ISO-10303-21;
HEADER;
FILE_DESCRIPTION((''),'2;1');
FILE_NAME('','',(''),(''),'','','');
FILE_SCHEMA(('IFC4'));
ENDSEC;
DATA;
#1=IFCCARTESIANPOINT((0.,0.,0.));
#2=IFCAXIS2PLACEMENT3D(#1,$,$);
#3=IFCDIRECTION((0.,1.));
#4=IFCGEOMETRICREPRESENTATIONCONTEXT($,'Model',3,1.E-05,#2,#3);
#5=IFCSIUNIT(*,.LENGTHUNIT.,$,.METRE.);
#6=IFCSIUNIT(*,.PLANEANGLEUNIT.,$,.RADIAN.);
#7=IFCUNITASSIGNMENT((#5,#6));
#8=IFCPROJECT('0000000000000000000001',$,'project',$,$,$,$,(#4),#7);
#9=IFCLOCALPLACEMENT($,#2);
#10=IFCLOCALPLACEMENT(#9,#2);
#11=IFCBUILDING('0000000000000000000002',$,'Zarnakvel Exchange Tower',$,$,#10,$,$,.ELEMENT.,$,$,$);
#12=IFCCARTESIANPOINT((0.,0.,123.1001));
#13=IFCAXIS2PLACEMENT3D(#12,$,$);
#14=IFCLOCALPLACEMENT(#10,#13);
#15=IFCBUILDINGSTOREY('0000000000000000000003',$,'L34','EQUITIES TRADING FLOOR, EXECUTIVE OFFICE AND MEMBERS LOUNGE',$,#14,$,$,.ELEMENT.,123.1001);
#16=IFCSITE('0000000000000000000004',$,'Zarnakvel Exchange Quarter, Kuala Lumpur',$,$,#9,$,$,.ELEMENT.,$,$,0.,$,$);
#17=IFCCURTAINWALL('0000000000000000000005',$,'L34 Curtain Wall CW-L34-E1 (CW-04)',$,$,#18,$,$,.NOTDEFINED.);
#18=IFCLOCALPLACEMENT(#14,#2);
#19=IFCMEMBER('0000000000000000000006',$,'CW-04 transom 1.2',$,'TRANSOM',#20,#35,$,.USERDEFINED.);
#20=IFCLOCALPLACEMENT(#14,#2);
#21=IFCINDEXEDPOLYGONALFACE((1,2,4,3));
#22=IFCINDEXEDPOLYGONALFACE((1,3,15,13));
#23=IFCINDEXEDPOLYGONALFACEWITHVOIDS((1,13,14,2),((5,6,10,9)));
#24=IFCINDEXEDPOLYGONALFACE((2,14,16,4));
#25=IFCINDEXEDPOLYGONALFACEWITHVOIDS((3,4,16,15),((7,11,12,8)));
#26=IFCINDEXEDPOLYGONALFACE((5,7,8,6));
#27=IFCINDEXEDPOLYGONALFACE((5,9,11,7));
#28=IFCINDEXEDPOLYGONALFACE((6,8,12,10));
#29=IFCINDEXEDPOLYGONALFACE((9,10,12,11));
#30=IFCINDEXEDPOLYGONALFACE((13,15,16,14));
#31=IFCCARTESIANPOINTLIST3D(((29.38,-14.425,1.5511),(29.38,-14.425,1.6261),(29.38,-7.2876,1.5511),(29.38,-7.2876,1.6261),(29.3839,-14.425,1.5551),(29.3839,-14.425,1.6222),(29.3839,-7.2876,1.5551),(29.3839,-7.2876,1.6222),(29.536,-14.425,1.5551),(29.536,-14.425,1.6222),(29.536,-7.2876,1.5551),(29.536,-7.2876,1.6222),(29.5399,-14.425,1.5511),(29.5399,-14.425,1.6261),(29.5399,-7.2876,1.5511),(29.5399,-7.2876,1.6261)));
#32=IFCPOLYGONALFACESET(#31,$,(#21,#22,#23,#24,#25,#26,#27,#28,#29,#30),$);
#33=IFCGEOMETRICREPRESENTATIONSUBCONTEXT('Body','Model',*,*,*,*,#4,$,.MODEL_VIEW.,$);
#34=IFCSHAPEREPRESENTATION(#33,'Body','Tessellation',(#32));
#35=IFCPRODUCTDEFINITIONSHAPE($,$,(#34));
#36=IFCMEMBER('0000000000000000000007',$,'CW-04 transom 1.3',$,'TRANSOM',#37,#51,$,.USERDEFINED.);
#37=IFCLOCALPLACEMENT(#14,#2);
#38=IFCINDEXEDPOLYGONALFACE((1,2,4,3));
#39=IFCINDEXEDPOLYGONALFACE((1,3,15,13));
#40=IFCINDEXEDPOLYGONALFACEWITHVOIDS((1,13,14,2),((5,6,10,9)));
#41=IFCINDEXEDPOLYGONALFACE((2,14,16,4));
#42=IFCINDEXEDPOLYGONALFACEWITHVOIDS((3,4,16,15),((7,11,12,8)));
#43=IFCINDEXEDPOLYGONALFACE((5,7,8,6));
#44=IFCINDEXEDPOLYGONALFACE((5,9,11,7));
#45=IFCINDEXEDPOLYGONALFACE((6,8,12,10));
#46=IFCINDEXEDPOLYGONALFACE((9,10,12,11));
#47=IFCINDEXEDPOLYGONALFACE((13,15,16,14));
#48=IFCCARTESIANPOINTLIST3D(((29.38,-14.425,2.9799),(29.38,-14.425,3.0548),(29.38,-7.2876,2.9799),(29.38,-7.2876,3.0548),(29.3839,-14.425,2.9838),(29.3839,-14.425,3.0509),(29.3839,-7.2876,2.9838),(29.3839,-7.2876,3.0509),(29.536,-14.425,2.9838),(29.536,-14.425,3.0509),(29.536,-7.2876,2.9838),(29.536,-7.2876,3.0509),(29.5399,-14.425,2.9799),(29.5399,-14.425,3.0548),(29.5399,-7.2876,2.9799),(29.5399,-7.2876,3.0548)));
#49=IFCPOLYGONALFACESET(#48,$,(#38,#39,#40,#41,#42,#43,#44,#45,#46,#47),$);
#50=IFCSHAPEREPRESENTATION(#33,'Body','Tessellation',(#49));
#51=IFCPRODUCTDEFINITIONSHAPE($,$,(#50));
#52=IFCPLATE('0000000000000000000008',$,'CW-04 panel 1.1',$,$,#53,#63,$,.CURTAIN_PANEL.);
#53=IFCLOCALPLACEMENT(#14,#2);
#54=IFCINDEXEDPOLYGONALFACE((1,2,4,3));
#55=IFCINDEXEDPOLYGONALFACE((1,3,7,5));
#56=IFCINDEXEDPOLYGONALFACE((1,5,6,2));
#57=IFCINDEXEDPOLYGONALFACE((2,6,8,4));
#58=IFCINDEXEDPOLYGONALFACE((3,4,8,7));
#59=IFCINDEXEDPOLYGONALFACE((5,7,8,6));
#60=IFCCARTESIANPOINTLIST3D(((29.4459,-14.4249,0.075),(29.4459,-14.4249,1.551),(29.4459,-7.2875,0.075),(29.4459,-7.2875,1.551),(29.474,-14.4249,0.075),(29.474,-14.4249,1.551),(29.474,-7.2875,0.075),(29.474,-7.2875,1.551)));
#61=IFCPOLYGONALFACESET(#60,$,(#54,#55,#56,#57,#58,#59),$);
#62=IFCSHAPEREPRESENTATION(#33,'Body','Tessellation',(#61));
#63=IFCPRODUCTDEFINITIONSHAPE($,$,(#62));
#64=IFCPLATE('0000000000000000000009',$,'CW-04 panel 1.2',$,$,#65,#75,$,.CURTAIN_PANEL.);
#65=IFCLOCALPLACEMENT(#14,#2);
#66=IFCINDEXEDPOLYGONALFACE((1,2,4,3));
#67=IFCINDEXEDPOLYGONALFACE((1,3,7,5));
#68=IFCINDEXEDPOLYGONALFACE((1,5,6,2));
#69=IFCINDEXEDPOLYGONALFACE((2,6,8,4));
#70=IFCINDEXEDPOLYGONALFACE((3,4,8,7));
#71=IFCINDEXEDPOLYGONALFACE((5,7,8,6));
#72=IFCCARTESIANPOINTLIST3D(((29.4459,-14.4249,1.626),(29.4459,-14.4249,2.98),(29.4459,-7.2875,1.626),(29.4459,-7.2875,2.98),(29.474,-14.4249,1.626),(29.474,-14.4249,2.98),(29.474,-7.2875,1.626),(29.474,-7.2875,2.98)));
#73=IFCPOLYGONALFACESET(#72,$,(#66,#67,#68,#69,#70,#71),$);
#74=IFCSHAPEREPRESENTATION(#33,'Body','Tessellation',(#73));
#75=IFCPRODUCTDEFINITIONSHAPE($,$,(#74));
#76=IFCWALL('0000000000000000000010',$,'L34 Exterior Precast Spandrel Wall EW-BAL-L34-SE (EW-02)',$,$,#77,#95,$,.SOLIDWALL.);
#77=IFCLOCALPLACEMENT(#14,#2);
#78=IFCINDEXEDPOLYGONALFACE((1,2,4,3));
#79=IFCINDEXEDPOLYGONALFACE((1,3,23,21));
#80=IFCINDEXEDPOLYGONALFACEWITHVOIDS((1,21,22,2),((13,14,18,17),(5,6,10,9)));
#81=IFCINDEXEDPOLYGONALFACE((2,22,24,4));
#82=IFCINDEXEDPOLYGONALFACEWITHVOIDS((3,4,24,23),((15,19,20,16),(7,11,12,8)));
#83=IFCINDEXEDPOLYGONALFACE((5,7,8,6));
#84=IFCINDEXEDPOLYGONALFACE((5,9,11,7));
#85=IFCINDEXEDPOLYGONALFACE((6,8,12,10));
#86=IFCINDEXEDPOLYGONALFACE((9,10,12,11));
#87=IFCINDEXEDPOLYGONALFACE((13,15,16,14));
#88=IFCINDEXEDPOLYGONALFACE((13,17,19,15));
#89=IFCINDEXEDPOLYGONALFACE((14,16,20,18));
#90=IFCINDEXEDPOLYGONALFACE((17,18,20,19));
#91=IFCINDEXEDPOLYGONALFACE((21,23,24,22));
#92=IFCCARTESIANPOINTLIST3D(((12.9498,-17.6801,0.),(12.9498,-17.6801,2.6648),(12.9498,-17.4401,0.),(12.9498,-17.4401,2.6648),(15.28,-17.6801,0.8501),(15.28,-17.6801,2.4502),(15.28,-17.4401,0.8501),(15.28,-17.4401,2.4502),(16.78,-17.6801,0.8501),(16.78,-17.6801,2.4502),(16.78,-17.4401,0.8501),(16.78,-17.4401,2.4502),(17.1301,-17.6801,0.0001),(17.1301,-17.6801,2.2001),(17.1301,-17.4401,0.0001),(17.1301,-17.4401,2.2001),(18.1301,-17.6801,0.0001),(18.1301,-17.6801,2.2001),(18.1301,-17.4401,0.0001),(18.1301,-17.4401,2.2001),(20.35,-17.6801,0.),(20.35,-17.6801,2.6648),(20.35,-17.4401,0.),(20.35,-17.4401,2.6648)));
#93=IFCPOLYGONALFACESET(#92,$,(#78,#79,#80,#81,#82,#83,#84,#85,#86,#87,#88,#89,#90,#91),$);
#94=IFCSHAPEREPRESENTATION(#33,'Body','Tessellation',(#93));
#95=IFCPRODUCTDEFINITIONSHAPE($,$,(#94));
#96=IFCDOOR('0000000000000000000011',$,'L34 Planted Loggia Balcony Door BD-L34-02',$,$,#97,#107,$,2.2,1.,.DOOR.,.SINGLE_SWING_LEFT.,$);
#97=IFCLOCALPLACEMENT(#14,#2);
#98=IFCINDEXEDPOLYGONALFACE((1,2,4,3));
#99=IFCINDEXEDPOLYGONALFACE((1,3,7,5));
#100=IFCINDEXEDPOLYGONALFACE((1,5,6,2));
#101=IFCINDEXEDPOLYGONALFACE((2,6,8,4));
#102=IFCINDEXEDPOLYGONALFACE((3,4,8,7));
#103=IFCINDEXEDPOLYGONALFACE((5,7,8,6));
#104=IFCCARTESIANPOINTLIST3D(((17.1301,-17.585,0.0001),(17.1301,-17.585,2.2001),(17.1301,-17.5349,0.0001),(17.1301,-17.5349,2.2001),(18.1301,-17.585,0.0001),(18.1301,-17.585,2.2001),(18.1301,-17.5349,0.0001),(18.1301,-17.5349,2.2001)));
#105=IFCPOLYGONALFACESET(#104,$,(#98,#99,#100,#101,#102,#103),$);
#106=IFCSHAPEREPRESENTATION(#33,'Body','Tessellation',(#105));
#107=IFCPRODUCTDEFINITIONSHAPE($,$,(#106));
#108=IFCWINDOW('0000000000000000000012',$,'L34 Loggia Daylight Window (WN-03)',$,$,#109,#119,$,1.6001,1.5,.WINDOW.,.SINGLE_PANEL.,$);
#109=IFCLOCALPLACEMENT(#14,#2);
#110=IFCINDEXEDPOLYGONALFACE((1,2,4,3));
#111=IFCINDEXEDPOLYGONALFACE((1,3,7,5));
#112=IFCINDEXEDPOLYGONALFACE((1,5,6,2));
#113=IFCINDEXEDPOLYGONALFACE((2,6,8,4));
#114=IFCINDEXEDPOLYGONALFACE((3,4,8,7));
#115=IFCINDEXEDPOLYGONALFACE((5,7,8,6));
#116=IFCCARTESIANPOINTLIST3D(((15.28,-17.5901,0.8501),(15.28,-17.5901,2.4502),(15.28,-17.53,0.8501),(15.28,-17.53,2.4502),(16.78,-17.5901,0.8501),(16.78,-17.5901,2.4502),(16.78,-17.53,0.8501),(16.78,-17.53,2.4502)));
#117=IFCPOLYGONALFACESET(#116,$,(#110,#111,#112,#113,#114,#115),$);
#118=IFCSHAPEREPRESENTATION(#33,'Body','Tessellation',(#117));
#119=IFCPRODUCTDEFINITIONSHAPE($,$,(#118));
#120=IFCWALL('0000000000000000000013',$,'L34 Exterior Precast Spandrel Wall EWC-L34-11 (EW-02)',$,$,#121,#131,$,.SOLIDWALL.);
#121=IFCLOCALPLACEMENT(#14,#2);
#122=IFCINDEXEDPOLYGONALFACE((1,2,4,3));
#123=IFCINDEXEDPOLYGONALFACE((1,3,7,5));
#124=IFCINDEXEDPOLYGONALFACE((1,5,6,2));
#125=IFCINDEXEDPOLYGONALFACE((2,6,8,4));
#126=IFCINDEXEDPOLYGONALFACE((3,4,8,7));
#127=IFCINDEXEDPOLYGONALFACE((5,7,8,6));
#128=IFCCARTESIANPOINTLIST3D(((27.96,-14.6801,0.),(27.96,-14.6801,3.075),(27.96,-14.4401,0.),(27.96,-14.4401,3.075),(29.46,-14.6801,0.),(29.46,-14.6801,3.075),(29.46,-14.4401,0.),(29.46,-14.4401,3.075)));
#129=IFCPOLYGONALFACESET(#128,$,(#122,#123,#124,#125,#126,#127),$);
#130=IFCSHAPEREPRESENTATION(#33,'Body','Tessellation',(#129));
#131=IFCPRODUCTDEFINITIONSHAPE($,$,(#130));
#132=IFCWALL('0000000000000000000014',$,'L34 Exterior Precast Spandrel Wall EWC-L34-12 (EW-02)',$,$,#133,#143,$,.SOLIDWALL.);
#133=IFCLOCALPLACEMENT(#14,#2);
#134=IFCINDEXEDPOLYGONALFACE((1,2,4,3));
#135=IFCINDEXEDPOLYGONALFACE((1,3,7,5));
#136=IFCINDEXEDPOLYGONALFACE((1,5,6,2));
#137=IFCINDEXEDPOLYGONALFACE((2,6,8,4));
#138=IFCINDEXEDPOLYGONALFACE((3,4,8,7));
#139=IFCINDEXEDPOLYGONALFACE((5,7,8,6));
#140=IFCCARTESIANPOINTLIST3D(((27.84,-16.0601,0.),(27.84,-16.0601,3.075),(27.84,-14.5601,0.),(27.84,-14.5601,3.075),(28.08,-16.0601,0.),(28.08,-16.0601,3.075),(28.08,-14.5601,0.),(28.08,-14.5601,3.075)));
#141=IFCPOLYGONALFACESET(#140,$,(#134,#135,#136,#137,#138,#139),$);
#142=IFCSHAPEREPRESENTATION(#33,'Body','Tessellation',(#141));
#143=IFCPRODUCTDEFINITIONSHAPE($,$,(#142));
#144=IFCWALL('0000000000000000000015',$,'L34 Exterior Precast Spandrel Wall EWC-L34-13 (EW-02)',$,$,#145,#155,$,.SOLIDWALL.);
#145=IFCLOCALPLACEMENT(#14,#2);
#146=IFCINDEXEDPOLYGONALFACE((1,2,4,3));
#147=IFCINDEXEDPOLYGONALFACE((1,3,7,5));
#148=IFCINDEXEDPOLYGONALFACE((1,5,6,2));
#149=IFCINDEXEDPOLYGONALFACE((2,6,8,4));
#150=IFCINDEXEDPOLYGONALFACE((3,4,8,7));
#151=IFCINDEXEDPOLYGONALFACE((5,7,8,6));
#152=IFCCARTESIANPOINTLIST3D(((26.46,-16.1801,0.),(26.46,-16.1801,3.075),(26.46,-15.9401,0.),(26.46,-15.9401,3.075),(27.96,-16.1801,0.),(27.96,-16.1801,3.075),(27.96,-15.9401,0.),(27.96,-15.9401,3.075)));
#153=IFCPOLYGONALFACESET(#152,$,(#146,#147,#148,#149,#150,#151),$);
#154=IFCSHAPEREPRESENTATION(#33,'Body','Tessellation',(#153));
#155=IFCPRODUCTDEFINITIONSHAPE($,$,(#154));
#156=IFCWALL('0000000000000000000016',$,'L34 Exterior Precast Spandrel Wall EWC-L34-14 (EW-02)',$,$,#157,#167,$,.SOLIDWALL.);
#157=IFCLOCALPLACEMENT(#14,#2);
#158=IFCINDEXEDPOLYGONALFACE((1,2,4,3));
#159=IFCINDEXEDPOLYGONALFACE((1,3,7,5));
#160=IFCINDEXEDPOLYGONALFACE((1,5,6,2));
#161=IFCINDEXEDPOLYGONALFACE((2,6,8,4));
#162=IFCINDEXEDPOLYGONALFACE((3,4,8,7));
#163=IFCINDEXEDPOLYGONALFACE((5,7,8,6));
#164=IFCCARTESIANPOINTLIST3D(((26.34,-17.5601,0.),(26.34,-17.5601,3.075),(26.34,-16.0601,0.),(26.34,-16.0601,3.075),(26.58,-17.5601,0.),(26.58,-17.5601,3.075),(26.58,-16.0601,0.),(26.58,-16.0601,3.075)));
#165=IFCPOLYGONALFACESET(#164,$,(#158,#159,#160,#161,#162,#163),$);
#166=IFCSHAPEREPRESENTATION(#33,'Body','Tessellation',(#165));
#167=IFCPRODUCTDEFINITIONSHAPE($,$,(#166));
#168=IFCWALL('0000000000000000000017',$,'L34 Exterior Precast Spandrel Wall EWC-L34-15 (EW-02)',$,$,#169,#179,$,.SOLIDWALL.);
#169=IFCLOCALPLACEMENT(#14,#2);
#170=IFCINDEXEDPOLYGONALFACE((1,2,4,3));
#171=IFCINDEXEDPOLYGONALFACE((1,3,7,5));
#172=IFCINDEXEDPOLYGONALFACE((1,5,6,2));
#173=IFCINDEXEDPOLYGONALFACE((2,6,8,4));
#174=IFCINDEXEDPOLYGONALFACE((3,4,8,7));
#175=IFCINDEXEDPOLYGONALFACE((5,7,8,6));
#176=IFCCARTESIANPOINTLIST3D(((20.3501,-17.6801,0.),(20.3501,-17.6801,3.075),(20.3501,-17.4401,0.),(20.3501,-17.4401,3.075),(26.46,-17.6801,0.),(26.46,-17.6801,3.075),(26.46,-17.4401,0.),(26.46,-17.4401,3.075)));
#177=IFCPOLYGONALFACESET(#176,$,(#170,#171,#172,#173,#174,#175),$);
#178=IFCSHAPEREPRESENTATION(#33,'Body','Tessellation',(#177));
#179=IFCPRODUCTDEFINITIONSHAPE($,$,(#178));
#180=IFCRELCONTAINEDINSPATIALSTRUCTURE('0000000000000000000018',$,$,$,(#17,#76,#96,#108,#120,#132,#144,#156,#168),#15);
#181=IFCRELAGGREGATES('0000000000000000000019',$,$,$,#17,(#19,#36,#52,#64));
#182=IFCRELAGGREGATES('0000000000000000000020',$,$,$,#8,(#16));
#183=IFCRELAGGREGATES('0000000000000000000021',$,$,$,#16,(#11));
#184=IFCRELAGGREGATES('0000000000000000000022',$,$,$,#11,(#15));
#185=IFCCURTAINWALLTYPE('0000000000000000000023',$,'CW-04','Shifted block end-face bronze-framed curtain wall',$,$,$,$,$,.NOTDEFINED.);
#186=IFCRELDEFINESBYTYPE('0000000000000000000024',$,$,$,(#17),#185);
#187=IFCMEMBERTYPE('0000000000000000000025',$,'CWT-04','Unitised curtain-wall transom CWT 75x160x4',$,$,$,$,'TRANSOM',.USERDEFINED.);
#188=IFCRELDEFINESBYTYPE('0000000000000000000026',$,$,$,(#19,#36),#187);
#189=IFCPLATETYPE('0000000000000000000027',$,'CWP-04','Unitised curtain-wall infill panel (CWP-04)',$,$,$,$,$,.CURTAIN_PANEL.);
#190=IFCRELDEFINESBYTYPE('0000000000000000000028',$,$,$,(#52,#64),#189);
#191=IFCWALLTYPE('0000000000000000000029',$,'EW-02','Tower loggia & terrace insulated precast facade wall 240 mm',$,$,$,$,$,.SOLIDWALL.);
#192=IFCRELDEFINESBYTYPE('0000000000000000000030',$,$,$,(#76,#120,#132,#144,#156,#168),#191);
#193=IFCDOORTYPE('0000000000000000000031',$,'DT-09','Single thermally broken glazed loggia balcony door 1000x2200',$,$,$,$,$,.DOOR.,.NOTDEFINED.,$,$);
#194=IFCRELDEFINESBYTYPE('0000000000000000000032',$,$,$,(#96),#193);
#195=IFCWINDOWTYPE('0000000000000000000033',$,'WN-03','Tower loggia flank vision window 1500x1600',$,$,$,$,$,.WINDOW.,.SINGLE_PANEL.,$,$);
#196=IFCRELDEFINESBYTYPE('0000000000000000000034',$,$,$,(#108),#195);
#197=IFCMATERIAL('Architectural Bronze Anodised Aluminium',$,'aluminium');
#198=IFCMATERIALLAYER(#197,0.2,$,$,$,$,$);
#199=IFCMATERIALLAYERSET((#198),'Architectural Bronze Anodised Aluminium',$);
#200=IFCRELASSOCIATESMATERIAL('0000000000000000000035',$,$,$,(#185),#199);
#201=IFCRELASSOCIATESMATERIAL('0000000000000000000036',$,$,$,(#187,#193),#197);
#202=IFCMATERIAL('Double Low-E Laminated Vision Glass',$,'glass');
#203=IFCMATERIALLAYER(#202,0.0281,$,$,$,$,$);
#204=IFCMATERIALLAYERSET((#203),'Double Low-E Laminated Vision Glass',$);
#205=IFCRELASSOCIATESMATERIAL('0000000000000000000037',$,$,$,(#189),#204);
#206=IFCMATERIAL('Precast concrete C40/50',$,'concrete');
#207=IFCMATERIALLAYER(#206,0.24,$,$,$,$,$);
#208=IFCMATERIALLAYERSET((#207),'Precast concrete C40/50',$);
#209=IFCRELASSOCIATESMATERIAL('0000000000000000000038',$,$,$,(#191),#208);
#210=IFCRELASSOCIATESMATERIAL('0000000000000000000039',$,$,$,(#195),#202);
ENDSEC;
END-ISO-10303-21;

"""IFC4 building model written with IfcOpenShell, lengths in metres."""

from ifc_helpers import new_model, si_unit, direction, frame, frame_2d, origin, origin_2d, place, context, subcontext, project, spatial, rectangle, hollow_rectangle, extrude, source, transform, mapped, material, layer, layer_set, material_profile, profile_set, type_object, element, fill, aggregate, save


model = new_model("IFC4")

# Units and contexts
model_context = context("Model", 3, precision=1e-05, world=origin(), true_north=direction((0.0, 1.0)))
body_context = subcontext(model_context, "Body", "Model", "MODEL_VIEW")
ifc_project = project(units=[si_unit("LENGTHUNIT", "METRE"), si_unit("PLANEANGLEUNIT", "RADIAN")], contexts=[model_context])

# Site, building, storey
site_placement = place(None, origin())
site = spatial("IfcSite", under=ifc_project, at=site_placement, Name="Zarnakvel Exchange Quarter, Kuala Lumpur", CompositionType="ELEMENT", RefElevation=0.0)
building_placement = place(site_placement, origin())
building = spatial("IfcBuilding", under=site, at=building_placement, Name="Zarnakvel Exchange Tower", CompositionType="ELEMENT")
storey_placement = place(building_placement, frame((0.0, 0.0, 123.1001)))
storey = spatial("IfcBuildingStorey", under=building, at=storey_placement, Name="L34", Description="EQUITIES TRADING FLOOR, EXECUTIVE OFFICE AND MEMBERS LOUNGE", CompositionType="ELEMENT", Elevation=123.1001)

# Curtain wall, members, plates
ifc_material_1 = material(Name="Architectural Bronze Anodised Aluminium", Category="aluminium")
ifc_layer_1 = layer(ifc_material_1, 0.2)
ifc_layer_set_1 = layer_set([ifc_layer_1], Name="Architectural Bronze Anodised Aluminium")
curtain_wall_type = type_object("IfcCurtainWallType", Name="CW-04", Description="Shifted block end-face bronze-framed curtain wall", PredefinedType="NOTDEFINED", material=ifc_layer_set_1)
curtain_wall_placement = place(storey_placement, origin())
curtain_wall = element("IfcCurtainWall", 1, at=curtain_wall_placement, inside=storey, type_object=curtain_wall_type, Name="L34 Curtain Wall CW-L34-E1 (CW-04)", PredefinedType="NOTDEFINED")
ifc_material_profile_1 = material_profile(ifc_material_1, hollow_rectangle(XDim=0.1599, YDim=0.075, WallThickness=0.0039, at=origin_2d()))
ifc_profile_set_1 = profile_set([ifc_material_profile_1], Name="Architectural Bronze Anodised Aluminium")
member_type_1 = type_object("IfcMemberType", Name="CWT-04", Description="Unitised curtain-wall transom CWT 75x160x4", ElementType="TRANSOM", PredefinedType="USERDEFINED", material=ifc_profile_set_1)
shared_shape_1 = source(origin(), body_context, "Body", "SweptSolid", [
    extrude(hollow_rectangle(XDim=0.1599, YDim=0.075, WallThickness=0.0039, at=origin_2d()), origin(), (0.0, 0.0, 1.0), 7.1375),
])
member_1_placement = place(storey_placement, frame((29.46, -14.425, 1.5886), z_axis=(0.0, 1.0, 0.0), x_axis=(-1.0, 0.0, 0.0)))
member_1 = element("IfcMember", 2, at=member_1_placement, type_object=member_type_1, Name="CW-04 transom 1.2", ObjectType="TRANSOM", PredefinedType="USERDEFINED", context=body_context, shape_type="MappedRepresentation", body=[
    mapped(shared_shape_1, transform((0.0, 0.0, 0.0), x_axis=(1.0, 0.0, 0.0), y_axis=(0.0, 1.0, 0.0), z_axis=(0.0, 0.0, 1.0), scale=1.0)),
])
member_2_placement = place(storey_placement, frame((29.46, -14.425, 3.0173), z_axis=(0.0, 1.0, 0.0), x_axis=(-1.0, 0.0, 0.0)))
member_2 = element("IfcMember", 3, at=member_2_placement, type_object=member_type_1, Name="CW-04 transom 1.3", ObjectType="TRANSOM", PredefinedType="USERDEFINED", context=body_context, shape_type="MappedRepresentation", body=[
    mapped(shared_shape_1, transform((0.0, 0.0, 0.0), x_axis=(1.0, 0.0, 0.0), y_axis=(0.0, 1.0, 0.0), z_axis=(0.0, 0.0, 1.0), scale=1.0)),
])
ifc_material_2 = material(Name="Double Low-E Laminated Vision Glass", Category="glass")
ifc_layer_2 = layer(ifc_material_2, 0.0281)
ifc_layer_set_2 = layer_set([ifc_layer_2], Name="Double Low-E Laminated Vision Glass")
plate_type = type_object("IfcPlateType", Name="CWP-04", Description="Unitised curtain-wall infill panel (CWP-04)", PredefinedType="CURTAIN_PANEL", material=ifc_layer_set_2)
shared_shape_2 = source(origin(), body_context, "Body", "SweptSolid", [
    extrude(rectangle(XDim=7.1375, YDim=0.0281, at=origin_2d()), origin(), (0.0, 0.0, 1.0), 1.4761),
])
plate_1_placement = place(storey_placement, frame((29.46, -10.8562, 0.075), z_axis=(0.0, 0.0, 1.0), x_axis=(0.0, 1.0, 0.0)))
plate_1 = element("IfcPlate", 4, at=plate_1_placement, type_object=plate_type, Name="CW-04 panel 1.1", PredefinedType="CURTAIN_PANEL", context=body_context, shape_type="MappedRepresentation", body=[
    mapped(shared_shape_2, transform((0.0, 0.0, 0.0), x_axis=(1.0, 0.0, 0.0), y_axis=(0.0, 1.0, 0.0), z_axis=(0.0, 0.0, 1.0), scale=1.0)),
])
shared_shape_3 = source(origin(), body_context, "Body", "SweptSolid", [
    extrude(rectangle(XDim=7.1375, YDim=0.0281, at=origin_2d()), origin(), (0.0, 0.0, 1.0), 1.354),
])
plate_2_placement = place(storey_placement, frame((29.46, -10.8562, 1.626), z_axis=(0.0, 0.0, 1.0), x_axis=(0.0, 1.0, 0.0)))
plate_2 = element("IfcPlate", 5, at=plate_2_placement, type_object=plate_type, Name="CW-04 panel 1.2", PredefinedType="CURTAIN_PANEL", context=body_context, shape_type="MappedRepresentation", body=[
    mapped(shared_shape_3, transform((0.0, 0.0, 0.0), x_axis=(1.0, 0.0, 0.0), y_axis=(0.0, 1.0, 0.0), z_axis=(0.0, 0.0, 1.0), scale=1.0)),
])
aggregate(curtain_wall, [member_1, member_2, plate_1, plate_2])

# Wall, openings, door, window
ifc_material_3 = material(Name="Precast concrete C40/50", Category="concrete")
ifc_layer_3 = layer(ifc_material_3, 0.24)
ifc_layer_set_3 = layer_set([ifc_layer_3], Name="Precast concrete C40/50")
wall_type = type_object("IfcWallType", Name="EW-02", Description="Tower loggia & terrace insulated precast facade wall 240 mm", PredefinedType="SOLIDWALL", material=ifc_layer_set_3)
wall_1_placement = place(storey_placement, frame((20.3501, -17.5601, 0.0), z_axis=(0.0, 0.0, 1.0), x_axis=(-1.0, 0.0, 0.0)))
wall_1 = element("IfcWall", 6, at=wall_1_placement, inside=storey, type_object=wall_type, Name="L34 Exterior Precast Spandrel Wall EW-BAL-L34-SE (EW-02)", PredefinedType="SOLIDWALL", context=body_context, shape_type="SweptSolid", body=[
    extrude(rectangle(XDim=7.4001, YDim=0.24, at=frame_2d((3.7002, 0.0))), origin(), (0.0, 0.0, 1.0), 2.6648),
])
opening_1_placement = place(wall_1_placement, frame((2.22, 0.0, 0.0)))
opening_1 = element("IfcOpeningElement", 7, at=opening_1_placement, cuts=wall_1, PredefinedType="OPENING", context=body_context, shape_type="SweptSolid", body=[
    extrude(rectangle(XDim=1.0, YDim=2.2, at=frame_2d((0.5, 1.1001))), frame((0.0, 0.1299, 0.0), z_axis=(0.0, -1.0, 0.0), x_axis=(1.0, 0.0, 0.0)), (0.0, 0.0, 1.0), 0.26),
])
opening_2_placement = place(wall_1_placement, frame((3.5701, 0.0, 0.8501)))
opening_2 = element("IfcOpeningElement", 8, at=opening_2_placement, cuts=wall_1, PredefinedType="OPENING", context=body_context, shape_type="SweptSolid", body=[
    extrude(rectangle(XDim=1.5, YDim=1.6001, at=frame_2d((0.75, 0.8))), frame((0.0, 0.1299, 0.0), z_axis=(0.0, -1.0, 0.0), x_axis=(1.0, 0.0, 0.0)), (0.0, 0.0, 1.0), 0.26),
])
door_type = type_object("IfcDoorType", Name="DT-09", Description="Single thermally broken glazed loggia balcony door 1000x2200", OperationType="NOTDEFINED", PredefinedType="DOOR", material=ifc_material_1)
shared_shape_4 = source(origin(), body_context, "Body", "SweptSolid", [
    extrude(rectangle(XDim=1.0, YDim=2.2, at=frame_2d((0.5, 1.1001))), frame((0.0, 0.0249, 0.0), z_axis=(0.0, -1.0, 0.0), x_axis=(1.0, 0.0, 0.0)), (0.0, 0.0, 1.0), 0.05),
])
door_placement = place(opening_1_placement, origin())
door = element("IfcDoor", 9, at=door_placement, inside=storey, type_object=door_type, Name="L34 Planted Loggia Balcony Door BD-L34-02", OperationType="SINGLE_SWING_LEFT", OverallHeight=2.2, OverallWidth=1.0, PredefinedType="DOOR", context=body_context, shape_type="MappedRepresentation", body=[
    mapped(shared_shape_4, transform((0.0, 0.0, 0.0), x_axis=(1.0, 0.0, 0.0), y_axis=(0.0, 1.0, 0.0), z_axis=(0.0, 0.0, 1.0), scale=1.0)),
])
fill(opening_1, door)
window_type = type_object("IfcWindowType", Name="WN-03", Description="Tower loggia flank vision window 1500x1600", PartitioningType="SINGLE_PANEL", PredefinedType="WINDOW", material=ifc_material_2)
shared_shape_5 = source(origin(), body_context, "Body", "SweptSolid", [
    extrude(rectangle(XDim=1.5, YDim=1.6001, at=frame_2d((0.75, 0.8))), frame((0.0, 0.03, 0.0), z_axis=(0.0, -1.0, 0.0), x_axis=(1.0, 0.0, 0.0)), (0.0, 0.0, 1.0), 0.0601),
])
window_placement = place(opening_2_placement, origin())
window = element("IfcWindow", 10, at=window_placement, inside=storey, type_object=window_type, Name="L34 Loggia Daylight Window (WN-03)", OverallHeight=1.6001, OverallWidth=1.5, PartitioningType="SINGLE_PANEL", PredefinedType="WINDOW", context=body_context, shape_type="MappedRepresentation", body=[
    mapped(shared_shape_5, transform((0.0, 0.0, 0.0), x_axis=(1.0, 0.0, 0.0), y_axis=(0.0, 1.0, 0.0), z_axis=(0.0, 0.0, 1.0), scale=1.0)),
])
fill(opening_2, window)

# Walls
for number, where, z_axis, x_axis, name in (
    (11, (27.96, -14.5601, 0.0), (0.0, 0.0, 1.0), (1.0, 0.0, 0.0), "L34 Exterior Precast Spandrel Wall EWC-L34-11 (EW-02)"),
    (12, (27.96, -16.0601, 0.0), (0.0, 0.0, 1.0), (0.0, 1.0, 0.0), "L34 Exterior Precast Spandrel Wall EWC-L34-12 (EW-02)"),
    (13, (26.46, -16.0601, 0.0), (0.0, 0.0, 1.0), (1.0, 0.0, 0.0), "L34 Exterior Precast Spandrel Wall EWC-L34-13 (EW-02)"),
    (14, (26.46, -17.5601, 0.0), (0.0, 0.0, 1.0), (0.0, 1.0, 0.0), "L34 Exterior Precast Spandrel Wall EWC-L34-14 (EW-02)"),
):
    element("IfcWall", number, at=place(storey_placement, frame(where, z_axis=z_axis, x_axis=x_axis)), inside=storey, type_object=wall_type, Name=name, PredefinedType="SOLIDWALL", context=body_context, shape_type="SweptSolid", body=[
        extrude(rectangle(XDim=1.5, YDim=0.24, at=frame_2d((0.75, 0.0))), origin(), (0.0, 0.0, 1.0), 3.075),
    ])
wall_2_placement = place(storey_placement, frame((20.3501, -17.5601, 0.0), z_axis=(0.0, 0.0, 1.0), x_axis=(1.0, 0.0, 0.0)))
element("IfcWall", 15, at=wall_2_placement, inside=storey, type_object=wall_type, Name="L34 Exterior Precast Spandrel Wall EWC-L34-15 (EW-02)", PredefinedType="SOLIDWALL", context=body_context, shape_type="SweptSolid", body=[
    extrude(rectangle(XDim=6.1099, YDim=0.24, at=frame_2d((3.0549, 0.0))), origin(), (0.0, 0.0, 1.0), 3.075),
])

save(model, "model.ifc")
